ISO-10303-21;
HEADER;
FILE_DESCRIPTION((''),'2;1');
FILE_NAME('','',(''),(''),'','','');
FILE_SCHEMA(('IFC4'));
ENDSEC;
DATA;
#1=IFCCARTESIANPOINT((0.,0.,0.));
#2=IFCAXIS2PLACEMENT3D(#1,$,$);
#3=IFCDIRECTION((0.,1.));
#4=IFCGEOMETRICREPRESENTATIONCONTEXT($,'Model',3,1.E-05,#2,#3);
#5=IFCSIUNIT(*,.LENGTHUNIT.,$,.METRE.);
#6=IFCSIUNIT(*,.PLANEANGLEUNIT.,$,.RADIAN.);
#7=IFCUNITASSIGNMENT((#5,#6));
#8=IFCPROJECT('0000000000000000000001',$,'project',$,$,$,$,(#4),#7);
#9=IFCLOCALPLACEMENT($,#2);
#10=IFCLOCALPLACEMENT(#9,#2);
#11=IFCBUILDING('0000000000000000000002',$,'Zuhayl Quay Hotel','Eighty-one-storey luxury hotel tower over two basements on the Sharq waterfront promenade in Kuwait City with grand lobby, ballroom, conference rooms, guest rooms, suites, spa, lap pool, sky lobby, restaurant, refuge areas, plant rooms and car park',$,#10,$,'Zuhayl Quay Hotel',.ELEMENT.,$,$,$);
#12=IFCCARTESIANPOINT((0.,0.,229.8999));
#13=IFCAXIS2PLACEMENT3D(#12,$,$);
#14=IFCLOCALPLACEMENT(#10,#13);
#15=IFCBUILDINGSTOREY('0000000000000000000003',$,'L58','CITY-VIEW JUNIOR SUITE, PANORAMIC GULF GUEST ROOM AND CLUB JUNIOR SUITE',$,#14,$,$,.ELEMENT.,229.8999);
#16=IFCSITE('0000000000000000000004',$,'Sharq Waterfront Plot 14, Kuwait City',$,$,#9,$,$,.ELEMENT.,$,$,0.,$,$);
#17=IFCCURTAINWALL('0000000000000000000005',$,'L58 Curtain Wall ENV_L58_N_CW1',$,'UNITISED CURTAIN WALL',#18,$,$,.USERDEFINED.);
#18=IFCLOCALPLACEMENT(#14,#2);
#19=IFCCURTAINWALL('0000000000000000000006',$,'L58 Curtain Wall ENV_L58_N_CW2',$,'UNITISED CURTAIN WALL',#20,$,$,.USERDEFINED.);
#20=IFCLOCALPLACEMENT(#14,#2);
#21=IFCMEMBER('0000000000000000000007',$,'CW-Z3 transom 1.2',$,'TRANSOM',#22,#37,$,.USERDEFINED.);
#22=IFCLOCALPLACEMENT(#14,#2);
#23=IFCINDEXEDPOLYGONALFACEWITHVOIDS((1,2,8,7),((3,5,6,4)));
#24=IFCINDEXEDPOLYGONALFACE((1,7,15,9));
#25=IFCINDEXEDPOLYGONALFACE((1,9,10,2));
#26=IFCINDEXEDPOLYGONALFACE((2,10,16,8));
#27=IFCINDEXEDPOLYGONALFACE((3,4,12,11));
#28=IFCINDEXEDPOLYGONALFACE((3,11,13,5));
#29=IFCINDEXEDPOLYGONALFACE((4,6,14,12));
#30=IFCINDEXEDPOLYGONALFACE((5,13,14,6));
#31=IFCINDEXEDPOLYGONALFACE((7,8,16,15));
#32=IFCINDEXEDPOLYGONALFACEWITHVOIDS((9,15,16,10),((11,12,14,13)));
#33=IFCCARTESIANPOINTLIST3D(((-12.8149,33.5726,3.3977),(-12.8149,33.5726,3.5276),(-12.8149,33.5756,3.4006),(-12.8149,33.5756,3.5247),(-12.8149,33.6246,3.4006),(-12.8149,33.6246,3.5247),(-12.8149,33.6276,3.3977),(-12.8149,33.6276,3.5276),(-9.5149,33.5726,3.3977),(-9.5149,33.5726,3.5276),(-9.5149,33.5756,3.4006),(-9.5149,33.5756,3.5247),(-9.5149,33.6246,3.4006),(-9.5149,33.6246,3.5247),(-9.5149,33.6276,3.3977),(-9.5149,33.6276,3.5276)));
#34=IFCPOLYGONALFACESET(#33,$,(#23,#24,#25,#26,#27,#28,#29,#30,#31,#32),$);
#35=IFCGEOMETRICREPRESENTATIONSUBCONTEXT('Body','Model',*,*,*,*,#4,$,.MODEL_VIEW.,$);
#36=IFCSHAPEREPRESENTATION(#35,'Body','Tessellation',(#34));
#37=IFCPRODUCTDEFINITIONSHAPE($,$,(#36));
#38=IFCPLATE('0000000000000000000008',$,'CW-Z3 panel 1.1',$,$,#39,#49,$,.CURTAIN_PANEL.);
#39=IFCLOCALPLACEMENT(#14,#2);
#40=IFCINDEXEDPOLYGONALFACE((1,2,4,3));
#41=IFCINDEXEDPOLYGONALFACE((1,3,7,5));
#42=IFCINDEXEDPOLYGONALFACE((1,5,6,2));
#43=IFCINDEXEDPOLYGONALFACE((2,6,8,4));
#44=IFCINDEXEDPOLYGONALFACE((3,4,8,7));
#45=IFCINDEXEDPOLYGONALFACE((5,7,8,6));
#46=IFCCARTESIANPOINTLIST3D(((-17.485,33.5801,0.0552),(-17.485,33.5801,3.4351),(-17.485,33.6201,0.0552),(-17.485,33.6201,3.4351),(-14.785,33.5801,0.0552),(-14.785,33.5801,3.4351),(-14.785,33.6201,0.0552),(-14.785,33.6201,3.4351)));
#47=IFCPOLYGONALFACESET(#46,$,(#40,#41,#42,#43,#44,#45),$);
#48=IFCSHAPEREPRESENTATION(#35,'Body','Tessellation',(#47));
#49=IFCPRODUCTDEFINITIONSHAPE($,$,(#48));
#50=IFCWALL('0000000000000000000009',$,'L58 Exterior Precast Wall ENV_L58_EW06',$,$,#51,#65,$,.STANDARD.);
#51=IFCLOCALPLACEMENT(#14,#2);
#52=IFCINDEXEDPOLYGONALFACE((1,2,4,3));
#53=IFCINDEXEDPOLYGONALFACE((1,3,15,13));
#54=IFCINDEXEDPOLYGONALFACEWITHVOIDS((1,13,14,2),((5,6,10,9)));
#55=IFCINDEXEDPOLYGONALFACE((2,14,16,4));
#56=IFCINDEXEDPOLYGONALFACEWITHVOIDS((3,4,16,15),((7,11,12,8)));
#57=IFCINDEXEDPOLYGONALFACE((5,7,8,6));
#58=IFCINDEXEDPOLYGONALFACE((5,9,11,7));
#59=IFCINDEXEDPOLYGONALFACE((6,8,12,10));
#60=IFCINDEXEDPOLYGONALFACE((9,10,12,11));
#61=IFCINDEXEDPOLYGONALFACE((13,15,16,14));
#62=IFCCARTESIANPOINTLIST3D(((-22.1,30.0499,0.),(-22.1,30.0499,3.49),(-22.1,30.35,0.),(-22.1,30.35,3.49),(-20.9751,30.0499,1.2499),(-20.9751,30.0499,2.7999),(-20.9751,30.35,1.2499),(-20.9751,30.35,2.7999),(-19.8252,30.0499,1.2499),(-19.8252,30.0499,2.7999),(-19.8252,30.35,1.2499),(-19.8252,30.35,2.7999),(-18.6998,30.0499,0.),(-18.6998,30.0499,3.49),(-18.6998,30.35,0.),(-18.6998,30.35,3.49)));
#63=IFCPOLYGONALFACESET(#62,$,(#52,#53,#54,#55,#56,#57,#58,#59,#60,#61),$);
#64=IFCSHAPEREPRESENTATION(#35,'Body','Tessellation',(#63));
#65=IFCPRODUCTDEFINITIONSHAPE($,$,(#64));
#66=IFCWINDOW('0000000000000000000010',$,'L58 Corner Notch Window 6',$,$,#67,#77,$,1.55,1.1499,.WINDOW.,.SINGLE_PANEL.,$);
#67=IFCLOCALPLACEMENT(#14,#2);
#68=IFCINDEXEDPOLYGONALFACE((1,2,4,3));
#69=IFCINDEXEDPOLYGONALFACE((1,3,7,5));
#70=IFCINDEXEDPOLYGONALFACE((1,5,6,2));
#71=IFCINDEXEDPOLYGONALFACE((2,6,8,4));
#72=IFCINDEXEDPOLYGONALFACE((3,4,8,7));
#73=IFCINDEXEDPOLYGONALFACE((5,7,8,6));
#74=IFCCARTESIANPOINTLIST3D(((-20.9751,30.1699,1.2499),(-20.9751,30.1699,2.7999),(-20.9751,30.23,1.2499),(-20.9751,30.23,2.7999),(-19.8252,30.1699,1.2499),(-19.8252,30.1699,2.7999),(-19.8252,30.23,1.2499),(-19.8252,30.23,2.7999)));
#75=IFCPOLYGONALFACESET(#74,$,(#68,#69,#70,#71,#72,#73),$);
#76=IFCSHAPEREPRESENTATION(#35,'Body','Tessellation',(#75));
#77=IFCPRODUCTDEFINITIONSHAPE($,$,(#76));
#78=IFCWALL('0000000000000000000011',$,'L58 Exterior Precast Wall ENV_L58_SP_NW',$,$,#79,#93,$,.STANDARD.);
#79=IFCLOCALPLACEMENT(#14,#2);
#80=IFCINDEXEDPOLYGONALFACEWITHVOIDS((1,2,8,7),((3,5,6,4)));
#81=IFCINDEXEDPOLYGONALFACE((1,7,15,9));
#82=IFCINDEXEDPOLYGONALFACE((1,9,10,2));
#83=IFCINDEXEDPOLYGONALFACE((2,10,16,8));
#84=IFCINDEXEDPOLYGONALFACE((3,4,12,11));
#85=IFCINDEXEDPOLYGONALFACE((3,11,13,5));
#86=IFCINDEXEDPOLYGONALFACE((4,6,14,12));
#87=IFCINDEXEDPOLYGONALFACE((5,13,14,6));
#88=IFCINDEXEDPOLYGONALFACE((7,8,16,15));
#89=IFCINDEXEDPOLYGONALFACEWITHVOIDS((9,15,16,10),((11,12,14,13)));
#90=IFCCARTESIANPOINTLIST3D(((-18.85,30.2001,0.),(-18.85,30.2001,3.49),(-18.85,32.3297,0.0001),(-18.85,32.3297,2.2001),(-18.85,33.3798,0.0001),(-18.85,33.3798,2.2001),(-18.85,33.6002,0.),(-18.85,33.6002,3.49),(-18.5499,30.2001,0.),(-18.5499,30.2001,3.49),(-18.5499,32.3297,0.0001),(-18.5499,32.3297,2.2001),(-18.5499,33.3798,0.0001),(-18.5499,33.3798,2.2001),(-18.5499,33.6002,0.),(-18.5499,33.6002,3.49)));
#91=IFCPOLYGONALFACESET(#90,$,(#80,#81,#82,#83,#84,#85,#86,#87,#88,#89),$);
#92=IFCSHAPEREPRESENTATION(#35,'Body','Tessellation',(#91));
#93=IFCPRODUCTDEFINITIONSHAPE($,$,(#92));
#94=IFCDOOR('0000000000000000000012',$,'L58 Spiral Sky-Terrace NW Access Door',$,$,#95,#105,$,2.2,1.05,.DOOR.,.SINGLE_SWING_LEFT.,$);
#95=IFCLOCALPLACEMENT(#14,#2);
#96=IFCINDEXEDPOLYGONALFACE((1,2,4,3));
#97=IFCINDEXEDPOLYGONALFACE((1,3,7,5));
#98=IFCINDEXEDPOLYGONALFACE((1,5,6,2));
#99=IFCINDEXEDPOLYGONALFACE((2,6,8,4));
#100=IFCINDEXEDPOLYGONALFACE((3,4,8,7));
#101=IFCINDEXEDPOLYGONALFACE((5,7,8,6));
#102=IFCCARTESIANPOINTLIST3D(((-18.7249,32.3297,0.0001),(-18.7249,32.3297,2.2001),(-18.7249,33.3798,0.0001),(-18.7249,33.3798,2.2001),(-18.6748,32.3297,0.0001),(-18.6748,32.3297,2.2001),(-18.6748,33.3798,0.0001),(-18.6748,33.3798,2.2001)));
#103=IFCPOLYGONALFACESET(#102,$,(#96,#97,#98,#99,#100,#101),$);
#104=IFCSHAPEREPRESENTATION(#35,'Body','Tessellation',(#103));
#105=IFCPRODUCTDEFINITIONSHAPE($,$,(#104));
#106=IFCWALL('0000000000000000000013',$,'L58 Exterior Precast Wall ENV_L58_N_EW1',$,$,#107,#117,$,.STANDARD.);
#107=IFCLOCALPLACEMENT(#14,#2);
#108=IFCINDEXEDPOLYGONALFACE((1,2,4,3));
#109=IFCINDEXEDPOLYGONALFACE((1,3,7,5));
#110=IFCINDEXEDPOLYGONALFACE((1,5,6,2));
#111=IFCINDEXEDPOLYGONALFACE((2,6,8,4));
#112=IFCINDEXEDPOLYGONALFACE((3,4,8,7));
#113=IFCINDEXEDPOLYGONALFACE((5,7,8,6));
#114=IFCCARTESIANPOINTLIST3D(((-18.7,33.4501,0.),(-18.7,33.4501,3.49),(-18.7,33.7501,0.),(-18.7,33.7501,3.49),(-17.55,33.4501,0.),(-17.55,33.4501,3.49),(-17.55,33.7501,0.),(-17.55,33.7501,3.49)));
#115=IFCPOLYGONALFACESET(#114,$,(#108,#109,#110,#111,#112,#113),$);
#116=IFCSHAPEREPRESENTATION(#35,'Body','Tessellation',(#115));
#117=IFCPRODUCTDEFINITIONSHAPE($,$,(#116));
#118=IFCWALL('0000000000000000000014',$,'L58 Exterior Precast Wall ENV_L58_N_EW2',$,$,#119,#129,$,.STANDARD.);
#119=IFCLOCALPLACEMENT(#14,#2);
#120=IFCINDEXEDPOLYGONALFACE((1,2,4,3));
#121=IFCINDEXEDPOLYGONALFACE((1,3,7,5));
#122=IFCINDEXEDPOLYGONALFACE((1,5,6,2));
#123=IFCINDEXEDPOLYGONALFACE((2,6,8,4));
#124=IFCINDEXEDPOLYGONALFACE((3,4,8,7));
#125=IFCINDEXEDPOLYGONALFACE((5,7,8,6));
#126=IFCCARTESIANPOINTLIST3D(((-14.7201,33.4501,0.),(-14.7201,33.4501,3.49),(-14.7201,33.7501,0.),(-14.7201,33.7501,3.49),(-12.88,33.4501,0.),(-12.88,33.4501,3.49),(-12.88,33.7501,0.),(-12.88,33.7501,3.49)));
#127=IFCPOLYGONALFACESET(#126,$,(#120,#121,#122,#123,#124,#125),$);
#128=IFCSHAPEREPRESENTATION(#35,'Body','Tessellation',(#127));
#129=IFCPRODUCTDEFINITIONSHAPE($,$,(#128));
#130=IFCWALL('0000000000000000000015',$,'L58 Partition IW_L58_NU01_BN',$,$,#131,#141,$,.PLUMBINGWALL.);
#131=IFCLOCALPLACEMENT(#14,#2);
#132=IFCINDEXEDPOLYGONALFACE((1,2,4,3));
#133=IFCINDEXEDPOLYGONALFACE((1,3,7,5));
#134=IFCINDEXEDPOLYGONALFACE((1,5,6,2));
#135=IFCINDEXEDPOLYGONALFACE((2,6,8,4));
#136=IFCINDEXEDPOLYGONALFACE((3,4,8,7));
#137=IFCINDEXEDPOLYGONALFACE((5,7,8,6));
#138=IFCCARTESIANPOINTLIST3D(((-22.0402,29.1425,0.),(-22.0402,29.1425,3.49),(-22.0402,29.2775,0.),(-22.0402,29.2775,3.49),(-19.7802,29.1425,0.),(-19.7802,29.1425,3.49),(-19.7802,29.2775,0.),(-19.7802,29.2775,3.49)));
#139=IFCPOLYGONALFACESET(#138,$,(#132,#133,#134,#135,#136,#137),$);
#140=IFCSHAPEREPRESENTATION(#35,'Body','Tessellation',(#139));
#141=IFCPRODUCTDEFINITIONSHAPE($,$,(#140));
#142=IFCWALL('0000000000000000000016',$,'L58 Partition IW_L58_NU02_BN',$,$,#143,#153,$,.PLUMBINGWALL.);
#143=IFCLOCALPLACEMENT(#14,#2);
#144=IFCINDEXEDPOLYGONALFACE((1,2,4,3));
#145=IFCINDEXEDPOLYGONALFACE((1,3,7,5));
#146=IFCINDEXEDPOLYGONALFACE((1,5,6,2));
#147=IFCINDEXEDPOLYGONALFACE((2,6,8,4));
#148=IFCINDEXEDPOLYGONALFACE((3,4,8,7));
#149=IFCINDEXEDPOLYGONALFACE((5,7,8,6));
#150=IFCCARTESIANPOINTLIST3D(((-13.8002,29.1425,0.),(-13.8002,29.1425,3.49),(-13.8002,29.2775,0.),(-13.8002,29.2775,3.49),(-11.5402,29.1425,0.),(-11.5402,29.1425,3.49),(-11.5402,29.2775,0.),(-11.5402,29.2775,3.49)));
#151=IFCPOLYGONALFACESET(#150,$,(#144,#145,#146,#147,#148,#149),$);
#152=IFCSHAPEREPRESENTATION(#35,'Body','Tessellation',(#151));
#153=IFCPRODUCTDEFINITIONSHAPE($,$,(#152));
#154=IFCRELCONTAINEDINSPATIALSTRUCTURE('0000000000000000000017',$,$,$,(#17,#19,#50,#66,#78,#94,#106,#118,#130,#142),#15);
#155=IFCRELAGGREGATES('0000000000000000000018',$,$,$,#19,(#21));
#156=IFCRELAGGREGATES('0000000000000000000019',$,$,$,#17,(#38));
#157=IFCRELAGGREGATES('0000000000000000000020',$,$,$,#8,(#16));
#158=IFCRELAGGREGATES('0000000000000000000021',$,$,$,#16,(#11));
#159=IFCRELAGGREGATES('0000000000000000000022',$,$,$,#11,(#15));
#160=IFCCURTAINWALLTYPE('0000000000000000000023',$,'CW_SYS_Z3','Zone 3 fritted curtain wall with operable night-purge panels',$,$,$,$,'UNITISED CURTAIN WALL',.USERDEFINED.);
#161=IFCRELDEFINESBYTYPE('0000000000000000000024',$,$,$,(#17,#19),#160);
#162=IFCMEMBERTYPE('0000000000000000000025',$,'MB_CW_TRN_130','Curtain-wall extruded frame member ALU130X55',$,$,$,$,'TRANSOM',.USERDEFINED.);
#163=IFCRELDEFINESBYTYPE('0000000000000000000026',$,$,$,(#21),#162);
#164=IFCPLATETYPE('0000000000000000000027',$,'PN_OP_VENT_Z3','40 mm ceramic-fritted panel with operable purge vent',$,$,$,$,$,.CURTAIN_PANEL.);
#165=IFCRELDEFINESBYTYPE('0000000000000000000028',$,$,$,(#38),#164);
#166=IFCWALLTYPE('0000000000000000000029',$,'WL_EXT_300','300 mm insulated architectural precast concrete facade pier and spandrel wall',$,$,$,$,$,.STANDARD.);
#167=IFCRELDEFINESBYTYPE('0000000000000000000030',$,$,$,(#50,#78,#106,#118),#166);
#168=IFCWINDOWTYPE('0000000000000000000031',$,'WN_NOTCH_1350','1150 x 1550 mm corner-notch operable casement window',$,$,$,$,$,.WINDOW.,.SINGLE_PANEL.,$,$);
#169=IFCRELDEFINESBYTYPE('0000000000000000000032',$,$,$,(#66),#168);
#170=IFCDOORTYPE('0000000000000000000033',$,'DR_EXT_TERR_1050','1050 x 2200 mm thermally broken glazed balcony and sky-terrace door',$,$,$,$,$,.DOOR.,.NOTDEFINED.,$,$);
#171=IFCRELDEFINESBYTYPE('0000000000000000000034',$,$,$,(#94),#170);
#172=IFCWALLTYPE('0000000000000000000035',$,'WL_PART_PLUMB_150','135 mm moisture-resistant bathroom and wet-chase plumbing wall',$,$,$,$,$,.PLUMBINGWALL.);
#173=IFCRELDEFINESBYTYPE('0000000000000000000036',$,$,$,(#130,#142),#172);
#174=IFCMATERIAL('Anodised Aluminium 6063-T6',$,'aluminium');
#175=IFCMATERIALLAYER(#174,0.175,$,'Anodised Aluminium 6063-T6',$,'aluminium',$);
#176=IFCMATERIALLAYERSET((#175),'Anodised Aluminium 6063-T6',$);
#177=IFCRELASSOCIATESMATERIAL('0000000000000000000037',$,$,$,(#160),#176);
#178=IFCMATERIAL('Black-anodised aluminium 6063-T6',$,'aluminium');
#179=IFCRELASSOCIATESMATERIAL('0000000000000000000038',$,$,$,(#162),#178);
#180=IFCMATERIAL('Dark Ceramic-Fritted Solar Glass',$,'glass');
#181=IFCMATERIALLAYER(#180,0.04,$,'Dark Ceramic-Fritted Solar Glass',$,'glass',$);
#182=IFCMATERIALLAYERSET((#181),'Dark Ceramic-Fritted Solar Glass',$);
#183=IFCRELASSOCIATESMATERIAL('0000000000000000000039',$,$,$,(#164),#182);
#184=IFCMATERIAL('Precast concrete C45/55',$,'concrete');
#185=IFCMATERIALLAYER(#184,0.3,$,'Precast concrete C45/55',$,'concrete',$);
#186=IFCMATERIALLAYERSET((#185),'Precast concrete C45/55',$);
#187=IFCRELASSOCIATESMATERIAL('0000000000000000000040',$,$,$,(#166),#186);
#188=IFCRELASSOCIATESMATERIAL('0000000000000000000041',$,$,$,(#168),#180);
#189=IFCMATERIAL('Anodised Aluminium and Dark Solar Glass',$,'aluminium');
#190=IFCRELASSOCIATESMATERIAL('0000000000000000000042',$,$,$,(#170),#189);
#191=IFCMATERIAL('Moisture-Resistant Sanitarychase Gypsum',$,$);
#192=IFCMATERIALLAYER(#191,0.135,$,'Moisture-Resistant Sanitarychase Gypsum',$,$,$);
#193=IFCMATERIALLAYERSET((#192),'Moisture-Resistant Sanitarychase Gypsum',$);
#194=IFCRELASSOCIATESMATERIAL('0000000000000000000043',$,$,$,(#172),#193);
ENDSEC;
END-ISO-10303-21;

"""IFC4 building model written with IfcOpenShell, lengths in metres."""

from ifc_helpers import new_model, si_unit, direction, frame, frame_2d, origin, origin_2d, place, context, subcontext, project, spatial, rectangle, hollow_rectangle, extrude, material, layer, layer_set, material_profile, profile_set, type_object, element, fill, aggregate, save


model = new_model("IFC4")

# Units and contexts
model_context = context("Model", 3, precision=1e-05, world=origin(), true_north=direction((0.0, 1.0)))
body_context = subcontext(model_context, "Body", "Model", "MODEL_VIEW")
ifc_project = project(units=[si_unit("LENGTHUNIT", "METRE"), si_unit("PLANEANGLEUNIT", "RADIAN")], contexts=[model_context])

# Site, building, storey
site_placement = place(None, origin())
site = spatial("IfcSite", under=ifc_project, at=site_placement, Name="Sharq Waterfront Plot 14, Kuwait City", CompositionType="ELEMENT", RefElevation=0.0)
building_placement = place(site_placement, origin())
building = spatial("IfcBuilding", under=site, at=building_placement, Name="Zuhayl Quay Hotel", Description="Eighty-one-storey luxury hotel tower over two basements on the Sharq waterfront promenade in Kuwait City with grand lobby, ballroom, conference rooms, guest rooms, suites, spa, lap pool, sky lobby, restaurant, refuge areas, plant rooms and car park", LongName="Zuhayl Quay Hotel", CompositionType="ELEMENT")
storey_placement = place(building_placement, frame((0.0, 0.0, 229.8999)))
storey = spatial("IfcBuildingStorey", under=building, at=storey_placement, Name="L58", Description="CITY-VIEW JUNIOR SUITE, PANORAMIC GULF GUEST ROOM AND CLUB JUNIOR SUITE", CompositionType="ELEMENT", Elevation=229.8999)

# Curtain wall
ifc_material_1 = material(Name="Anodised Aluminium 6063-T6", Category="aluminium")
ifc_layer_1 = layer(ifc_material_1, 0.175, Name="Anodised Aluminium 6063-T6", Category="aluminium")
ifc_layer_set_1 = layer_set([ifc_layer_1], Name="Anodised Aluminium 6063-T6")
curtain_wall_type = type_object("IfcCurtainWallType", Name="CW_SYS_Z3", Description="Zone 3 fritted curtain wall with operable night-purge panels", ElementType="UNITISED CURTAIN WALL", PredefinedType="USERDEFINED", material=ifc_layer_set_1)
curtain_wall_1_placement = place(storey_placement, origin())
curtain_wall_1 = element("IfcCurtainWall", 1, at=curtain_wall_1_placement, inside=storey, type_object=curtain_wall_type, Name="L58 Curtain Wall ENV_L58_N_CW1", ObjectType="UNITISED CURTAIN WALL", PredefinedType="USERDEFINED")
ifc_material_2 = material(Name="Black-anodised aluminium 6063-T6", Category="aluminium")

# Curtain wall
curtain_wall_2_placement = place(storey_placement, origin())
curtain_wall_2 = element("IfcCurtainWall", 2, at=curtain_wall_2_placement, inside=storey, type_object=curtain_wall_type, Name="L58 Curtain Wall ENV_L58_N_CW2", ObjectType="UNITISED CURTAIN WALL", PredefinedType="USERDEFINED")

# Member
ifc_material_profile_1 = material_profile(ifc_material_2, hollow_rectangle(XDim=0.0549, YDim=0.1299, WallThickness=0.0029, at=origin_2d()), Name="ALU130X55")
ifc_profile_set_1 = profile_set([ifc_material_profile_1], Name="Black-anodised aluminium 6063-T6")
member_type_1 = type_object("IfcMemberType", Name="MB_CW_TRN_130", Description="Curtain-wall extruded frame member ALU130X55", ElementType="TRANSOM", PredefinedType="USERDEFINED", material=ifc_profile_set_1)
member_1_placement = place(storey_placement, frame((-12.8149, 33.6001, 3.4626), z_axis=(1.0, 0.0, 0.0), x_axis=(0.0, 1.0, 0.0)))
member_1 = element("IfcMember", 3, at=member_1_placement, type_object=member_type_1, Name="CW-Z3 transom 1.2", ObjectType="TRANSOM", PredefinedType="USERDEFINED", context=body_context, shape_type="SweptSolid", body=[
    extrude(hollow_rectangle(XDim=0.0549, YDim=0.1299, WallThickness=0.0029, at=origin_2d()), origin(), (0.0, 0.0, 1.0), 3.3),
])
aggregate(curtain_wall_2, [member_1])

# Plate
ifc_material_3 = material(Name="Dark Ceramic-Fritted Solar Glass", Category="glass")
ifc_layer_2 = layer(ifc_material_3, 0.04, Name="Dark Ceramic-Fritted Solar Glass", Category="glass")
ifc_layer_set_2 = layer_set([ifc_layer_2], Name="Dark Ceramic-Fritted Solar Glass")
plate_type = type_object("IfcPlateType", Name="PN_OP_VENT_Z3", Description="40 mm ceramic-fritted panel with operable purge vent", PredefinedType="CURTAIN_PANEL", material=ifc_layer_set_2)
plate_placement = place(storey_placement, frame((-16.135, 33.6001, 0.0552), z_axis=(0.0, 0.0, 1.0), x_axis=(1.0, 0.0, 0.0)))
plate = element("IfcPlate", 4, at=plate_placement, type_object=plate_type, Name="CW-Z3 panel 1.1", PredefinedType="CURTAIN_PANEL", context=body_context, shape_type="SweptSolid", body=[
    extrude(rectangle(XDim=2.7, YDim=0.04, at=origin_2d()), origin(), (0.0, 0.0, 1.0), 3.3799),
])
aggregate(curtain_wall_1, [plate])

# Wall, opening, window
ifc_material_4 = material(Name="Precast concrete C45/55", Category="concrete")
ifc_layer_3 = layer(ifc_material_4, 0.3, Name="Precast concrete C45/55", Category="concrete")
ifc_layer_set_3 = layer_set([ifc_layer_3], Name="Precast concrete C45/55")
wall_type_1 = type_object("IfcWallType", Name="WL_EXT_300", Description="300 mm insulated architectural precast concrete facade pier and spandrel wall", PredefinedType="STANDARD", material=ifc_layer_set_3)
wall_1_placement = place(storey_placement, frame((-22.1001, 30.2, 0.0), z_axis=(0.0, 0.0, 1.0), x_axis=(1.0, 0.0, 0.0)))
wall_1 = element("IfcWall", 5, at=wall_1_placement, inside=storey, type_object=wall_type_1, Name="L58 Exterior Precast Wall ENV_L58_EW06", PredefinedType="STANDARD", context=body_context, shape_type="SweptSolid", body=[
    extrude(rectangle(XDim=3.4001, YDim=0.3, at=frame_2d((1.7002, 0.0))), origin(), (0.0, 0.0, 1.0), 3.49),
])
opening_1_placement = place(wall_1_placement, frame((1.125, 0.0, 1.25)))
opening_1 = element("IfcOpeningElement", 6, at=opening_1_placement, cuts=wall_1, PredefinedType="OPENING", context=body_context, shape_type="SweptSolid", body=[
    extrude(rectangle(XDim=1.1499, YDim=1.55, at=frame_2d((0.575, 0.7749))), frame((0.0, 0.1599, 0.0), z_axis=(0.0, -1.0, 0.0), x_axis=(1.0, 0.0, 0.0)), (0.0, 0.0, 1.0), 0.3201),
])
window_type = type_object("IfcWindowType", Name="WN_NOTCH_1350", Description="1150 x 1550 mm corner-notch operable casement window", PartitioningType="SINGLE_PANEL", PredefinedType="WINDOW", material=ifc_material_3)
window_placement = place(opening_1_placement, origin())
window = element("IfcWindow", 7, at=window_placement, inside=storey, type_object=window_type, Name="L58 Corner Notch Window 6", OverallHeight=1.55, OverallWidth=1.1499, PartitioningType="SINGLE_PANEL", PredefinedType="WINDOW", context=body_context, shape_type="SweptSolid", body=[
    extrude(rectangle(XDim=1.1499, YDim=1.55, at=frame_2d((0.575, 0.7749))), frame((0.0, 0.03, 0.0), z_axis=(0.0, -1.0, 0.0), x_axis=(1.0, 0.0, 0.0)), (0.0, 0.0, 1.0), 0.0601),
])
fill(opening_1, window)

# Wall, opening, door
wall_2_placement = place(storey_placement, frame((-18.7, 30.2, 0.0), z_axis=(0.0, 0.0, 1.0), x_axis=(0.0, 1.0, 0.0)))
wall_2 = element("IfcWall", 8, at=wall_2_placement, inside=storey, type_object=wall_type_1, Name="L58 Exterior Precast Wall ENV_L58_SP_NW", PredefinedType="STANDARD", context=body_context, shape_type="SweptSolid", body=[
    extrude(rectangle(XDim=3.4001, YDim=0.3, at=frame_2d((1.7002, 0.0))), origin(), (0.0, 0.0, 1.0), 3.49),
])
opening_2_placement = place(wall_2_placement, frame((2.1299, 0.0, 0.0)))
opening_2 = element("IfcOpeningElement", 9, at=opening_2_placement, cuts=wall_2, PredefinedType="OPENING", context=body_context, shape_type="SweptSolid", body=[
    extrude(rectangle(XDim=1.05, YDim=2.2, at=frame_2d((0.5249, 1.1001))), frame((0.0, 0.1599, 0.0), z_axis=(0.0, -1.0, 0.0), x_axis=(1.0, 0.0, 0.0)), (0.0, 0.0, 1.0), 0.3201),
])
ifc_material_5 = material(Name="Anodised Aluminium and Dark Solar Glass", Category="aluminium")
door_type = type_object("IfcDoorType", Name="DR_EXT_TERR_1050", Description="1050 x 2200 mm thermally broken glazed balcony and sky-terrace door", OperationType="NOTDEFINED", PredefinedType="DOOR", material=ifc_material_5)
door_placement = place(opening_2_placement, origin())
door = element("IfcDoor", 10, at=door_placement, inside=storey, type_object=door_type, Name="L58 Spiral Sky-Terrace NW Access Door", OperationType="SINGLE_SWING_LEFT", OverallHeight=2.2, OverallWidth=1.05, PredefinedType="DOOR", context=body_context, shape_type="SweptSolid", body=[
    extrude(rectangle(XDim=1.05, YDim=2.2, at=frame_2d((0.5249, 1.1001))), frame((0.0, 0.0249, 0.0), z_axis=(0.0, -1.0, 0.0), x_axis=(1.0, 0.0, 0.0)), (0.0, 0.0, 1.0), 0.05),
])
fill(opening_2, door)

# Walls
wall_3_placement = place(storey_placement, frame((-18.7, 33.6001, 0.0), z_axis=(0.0, 0.0, 1.0), x_axis=(1.0, 0.0, 0.0)))
element("IfcWall", 11, at=wall_3_placement, inside=storey, type_object=wall_type_1, Name="L58 Exterior Precast Wall ENV_L58_N_EW1", PredefinedType="STANDARD", context=body_context, shape_type="SweptSolid", body=[
    extrude(rectangle(XDim=1.1499, YDim=0.3, at=frame_2d((0.575, 0.0))), origin(), (0.0, 0.0, 1.0), 3.49),
])
wall_4_placement = place(storey_placement, frame((-14.72, 33.6001, 0.0), z_axis=(0.0, 0.0, 1.0), x_axis=(1.0, 0.0, 0.0)))
element("IfcWall", 12, at=wall_4_placement, inside=storey, type_object=wall_type_1, Name="L58 Exterior Precast Wall ENV_L58_N_EW2", PredefinedType="STANDARD", context=body_context, shape_type="SweptSolid", body=[
    extrude(rectangle(XDim=1.8401, YDim=0.3, at=frame_2d((0.9199, 0.0))), origin(), (0.0, 0.0, 1.0), 3.49),
])
ifc_material_6 = material(Name="Moisture-Resistant Sanitarychase Gypsum")
ifc_layer_4 = layer(ifc_material_6, 0.135, Name="Moisture-Resistant Sanitarychase Gypsum")
ifc_layer_set_4 = layer_set([ifc_layer_4], Name="Moisture-Resistant Sanitarychase Gypsum")
wall_type_2 = type_object("IfcWallType", Name="WL_PART_PLUMB_150", Description="135 mm moisture-resistant bathroom and wet-chase plumbing wall", PredefinedType="PLUMBINGWALL", material=ifc_layer_set_4)
for number, where, z_axis, x_axis, name in (
    (13, (-22.04, 29.21, 0.0), (0.0, 0.0, 1.0), (1.0, 0.0, 0.0), "L58 Partition IW_L58_NU01_BN"),
    (14, (-13.8, 29.21, 0.0), (0.0, 0.0, 1.0), (1.0, 0.0, 0.0), "L58 Partition IW_L58_NU02_BN"),
):
    element("IfcWall", number, at=place(storey_placement, frame(where, z_axis=z_axis, x_axis=x_axis)), inside=storey, type_object=wall_type_2, Name=name, PredefinedType="PLUMBINGWALL", context=body_context, shape_type="SweptSolid", body=[
        extrude(rectangle(XDim=2.26, YDim=0.135, at=frame_2d((1.1299, 0.0))), origin(), (0.0, 0.0, 1.0), 3.49),
    ])

save(model, "model.ifc")
